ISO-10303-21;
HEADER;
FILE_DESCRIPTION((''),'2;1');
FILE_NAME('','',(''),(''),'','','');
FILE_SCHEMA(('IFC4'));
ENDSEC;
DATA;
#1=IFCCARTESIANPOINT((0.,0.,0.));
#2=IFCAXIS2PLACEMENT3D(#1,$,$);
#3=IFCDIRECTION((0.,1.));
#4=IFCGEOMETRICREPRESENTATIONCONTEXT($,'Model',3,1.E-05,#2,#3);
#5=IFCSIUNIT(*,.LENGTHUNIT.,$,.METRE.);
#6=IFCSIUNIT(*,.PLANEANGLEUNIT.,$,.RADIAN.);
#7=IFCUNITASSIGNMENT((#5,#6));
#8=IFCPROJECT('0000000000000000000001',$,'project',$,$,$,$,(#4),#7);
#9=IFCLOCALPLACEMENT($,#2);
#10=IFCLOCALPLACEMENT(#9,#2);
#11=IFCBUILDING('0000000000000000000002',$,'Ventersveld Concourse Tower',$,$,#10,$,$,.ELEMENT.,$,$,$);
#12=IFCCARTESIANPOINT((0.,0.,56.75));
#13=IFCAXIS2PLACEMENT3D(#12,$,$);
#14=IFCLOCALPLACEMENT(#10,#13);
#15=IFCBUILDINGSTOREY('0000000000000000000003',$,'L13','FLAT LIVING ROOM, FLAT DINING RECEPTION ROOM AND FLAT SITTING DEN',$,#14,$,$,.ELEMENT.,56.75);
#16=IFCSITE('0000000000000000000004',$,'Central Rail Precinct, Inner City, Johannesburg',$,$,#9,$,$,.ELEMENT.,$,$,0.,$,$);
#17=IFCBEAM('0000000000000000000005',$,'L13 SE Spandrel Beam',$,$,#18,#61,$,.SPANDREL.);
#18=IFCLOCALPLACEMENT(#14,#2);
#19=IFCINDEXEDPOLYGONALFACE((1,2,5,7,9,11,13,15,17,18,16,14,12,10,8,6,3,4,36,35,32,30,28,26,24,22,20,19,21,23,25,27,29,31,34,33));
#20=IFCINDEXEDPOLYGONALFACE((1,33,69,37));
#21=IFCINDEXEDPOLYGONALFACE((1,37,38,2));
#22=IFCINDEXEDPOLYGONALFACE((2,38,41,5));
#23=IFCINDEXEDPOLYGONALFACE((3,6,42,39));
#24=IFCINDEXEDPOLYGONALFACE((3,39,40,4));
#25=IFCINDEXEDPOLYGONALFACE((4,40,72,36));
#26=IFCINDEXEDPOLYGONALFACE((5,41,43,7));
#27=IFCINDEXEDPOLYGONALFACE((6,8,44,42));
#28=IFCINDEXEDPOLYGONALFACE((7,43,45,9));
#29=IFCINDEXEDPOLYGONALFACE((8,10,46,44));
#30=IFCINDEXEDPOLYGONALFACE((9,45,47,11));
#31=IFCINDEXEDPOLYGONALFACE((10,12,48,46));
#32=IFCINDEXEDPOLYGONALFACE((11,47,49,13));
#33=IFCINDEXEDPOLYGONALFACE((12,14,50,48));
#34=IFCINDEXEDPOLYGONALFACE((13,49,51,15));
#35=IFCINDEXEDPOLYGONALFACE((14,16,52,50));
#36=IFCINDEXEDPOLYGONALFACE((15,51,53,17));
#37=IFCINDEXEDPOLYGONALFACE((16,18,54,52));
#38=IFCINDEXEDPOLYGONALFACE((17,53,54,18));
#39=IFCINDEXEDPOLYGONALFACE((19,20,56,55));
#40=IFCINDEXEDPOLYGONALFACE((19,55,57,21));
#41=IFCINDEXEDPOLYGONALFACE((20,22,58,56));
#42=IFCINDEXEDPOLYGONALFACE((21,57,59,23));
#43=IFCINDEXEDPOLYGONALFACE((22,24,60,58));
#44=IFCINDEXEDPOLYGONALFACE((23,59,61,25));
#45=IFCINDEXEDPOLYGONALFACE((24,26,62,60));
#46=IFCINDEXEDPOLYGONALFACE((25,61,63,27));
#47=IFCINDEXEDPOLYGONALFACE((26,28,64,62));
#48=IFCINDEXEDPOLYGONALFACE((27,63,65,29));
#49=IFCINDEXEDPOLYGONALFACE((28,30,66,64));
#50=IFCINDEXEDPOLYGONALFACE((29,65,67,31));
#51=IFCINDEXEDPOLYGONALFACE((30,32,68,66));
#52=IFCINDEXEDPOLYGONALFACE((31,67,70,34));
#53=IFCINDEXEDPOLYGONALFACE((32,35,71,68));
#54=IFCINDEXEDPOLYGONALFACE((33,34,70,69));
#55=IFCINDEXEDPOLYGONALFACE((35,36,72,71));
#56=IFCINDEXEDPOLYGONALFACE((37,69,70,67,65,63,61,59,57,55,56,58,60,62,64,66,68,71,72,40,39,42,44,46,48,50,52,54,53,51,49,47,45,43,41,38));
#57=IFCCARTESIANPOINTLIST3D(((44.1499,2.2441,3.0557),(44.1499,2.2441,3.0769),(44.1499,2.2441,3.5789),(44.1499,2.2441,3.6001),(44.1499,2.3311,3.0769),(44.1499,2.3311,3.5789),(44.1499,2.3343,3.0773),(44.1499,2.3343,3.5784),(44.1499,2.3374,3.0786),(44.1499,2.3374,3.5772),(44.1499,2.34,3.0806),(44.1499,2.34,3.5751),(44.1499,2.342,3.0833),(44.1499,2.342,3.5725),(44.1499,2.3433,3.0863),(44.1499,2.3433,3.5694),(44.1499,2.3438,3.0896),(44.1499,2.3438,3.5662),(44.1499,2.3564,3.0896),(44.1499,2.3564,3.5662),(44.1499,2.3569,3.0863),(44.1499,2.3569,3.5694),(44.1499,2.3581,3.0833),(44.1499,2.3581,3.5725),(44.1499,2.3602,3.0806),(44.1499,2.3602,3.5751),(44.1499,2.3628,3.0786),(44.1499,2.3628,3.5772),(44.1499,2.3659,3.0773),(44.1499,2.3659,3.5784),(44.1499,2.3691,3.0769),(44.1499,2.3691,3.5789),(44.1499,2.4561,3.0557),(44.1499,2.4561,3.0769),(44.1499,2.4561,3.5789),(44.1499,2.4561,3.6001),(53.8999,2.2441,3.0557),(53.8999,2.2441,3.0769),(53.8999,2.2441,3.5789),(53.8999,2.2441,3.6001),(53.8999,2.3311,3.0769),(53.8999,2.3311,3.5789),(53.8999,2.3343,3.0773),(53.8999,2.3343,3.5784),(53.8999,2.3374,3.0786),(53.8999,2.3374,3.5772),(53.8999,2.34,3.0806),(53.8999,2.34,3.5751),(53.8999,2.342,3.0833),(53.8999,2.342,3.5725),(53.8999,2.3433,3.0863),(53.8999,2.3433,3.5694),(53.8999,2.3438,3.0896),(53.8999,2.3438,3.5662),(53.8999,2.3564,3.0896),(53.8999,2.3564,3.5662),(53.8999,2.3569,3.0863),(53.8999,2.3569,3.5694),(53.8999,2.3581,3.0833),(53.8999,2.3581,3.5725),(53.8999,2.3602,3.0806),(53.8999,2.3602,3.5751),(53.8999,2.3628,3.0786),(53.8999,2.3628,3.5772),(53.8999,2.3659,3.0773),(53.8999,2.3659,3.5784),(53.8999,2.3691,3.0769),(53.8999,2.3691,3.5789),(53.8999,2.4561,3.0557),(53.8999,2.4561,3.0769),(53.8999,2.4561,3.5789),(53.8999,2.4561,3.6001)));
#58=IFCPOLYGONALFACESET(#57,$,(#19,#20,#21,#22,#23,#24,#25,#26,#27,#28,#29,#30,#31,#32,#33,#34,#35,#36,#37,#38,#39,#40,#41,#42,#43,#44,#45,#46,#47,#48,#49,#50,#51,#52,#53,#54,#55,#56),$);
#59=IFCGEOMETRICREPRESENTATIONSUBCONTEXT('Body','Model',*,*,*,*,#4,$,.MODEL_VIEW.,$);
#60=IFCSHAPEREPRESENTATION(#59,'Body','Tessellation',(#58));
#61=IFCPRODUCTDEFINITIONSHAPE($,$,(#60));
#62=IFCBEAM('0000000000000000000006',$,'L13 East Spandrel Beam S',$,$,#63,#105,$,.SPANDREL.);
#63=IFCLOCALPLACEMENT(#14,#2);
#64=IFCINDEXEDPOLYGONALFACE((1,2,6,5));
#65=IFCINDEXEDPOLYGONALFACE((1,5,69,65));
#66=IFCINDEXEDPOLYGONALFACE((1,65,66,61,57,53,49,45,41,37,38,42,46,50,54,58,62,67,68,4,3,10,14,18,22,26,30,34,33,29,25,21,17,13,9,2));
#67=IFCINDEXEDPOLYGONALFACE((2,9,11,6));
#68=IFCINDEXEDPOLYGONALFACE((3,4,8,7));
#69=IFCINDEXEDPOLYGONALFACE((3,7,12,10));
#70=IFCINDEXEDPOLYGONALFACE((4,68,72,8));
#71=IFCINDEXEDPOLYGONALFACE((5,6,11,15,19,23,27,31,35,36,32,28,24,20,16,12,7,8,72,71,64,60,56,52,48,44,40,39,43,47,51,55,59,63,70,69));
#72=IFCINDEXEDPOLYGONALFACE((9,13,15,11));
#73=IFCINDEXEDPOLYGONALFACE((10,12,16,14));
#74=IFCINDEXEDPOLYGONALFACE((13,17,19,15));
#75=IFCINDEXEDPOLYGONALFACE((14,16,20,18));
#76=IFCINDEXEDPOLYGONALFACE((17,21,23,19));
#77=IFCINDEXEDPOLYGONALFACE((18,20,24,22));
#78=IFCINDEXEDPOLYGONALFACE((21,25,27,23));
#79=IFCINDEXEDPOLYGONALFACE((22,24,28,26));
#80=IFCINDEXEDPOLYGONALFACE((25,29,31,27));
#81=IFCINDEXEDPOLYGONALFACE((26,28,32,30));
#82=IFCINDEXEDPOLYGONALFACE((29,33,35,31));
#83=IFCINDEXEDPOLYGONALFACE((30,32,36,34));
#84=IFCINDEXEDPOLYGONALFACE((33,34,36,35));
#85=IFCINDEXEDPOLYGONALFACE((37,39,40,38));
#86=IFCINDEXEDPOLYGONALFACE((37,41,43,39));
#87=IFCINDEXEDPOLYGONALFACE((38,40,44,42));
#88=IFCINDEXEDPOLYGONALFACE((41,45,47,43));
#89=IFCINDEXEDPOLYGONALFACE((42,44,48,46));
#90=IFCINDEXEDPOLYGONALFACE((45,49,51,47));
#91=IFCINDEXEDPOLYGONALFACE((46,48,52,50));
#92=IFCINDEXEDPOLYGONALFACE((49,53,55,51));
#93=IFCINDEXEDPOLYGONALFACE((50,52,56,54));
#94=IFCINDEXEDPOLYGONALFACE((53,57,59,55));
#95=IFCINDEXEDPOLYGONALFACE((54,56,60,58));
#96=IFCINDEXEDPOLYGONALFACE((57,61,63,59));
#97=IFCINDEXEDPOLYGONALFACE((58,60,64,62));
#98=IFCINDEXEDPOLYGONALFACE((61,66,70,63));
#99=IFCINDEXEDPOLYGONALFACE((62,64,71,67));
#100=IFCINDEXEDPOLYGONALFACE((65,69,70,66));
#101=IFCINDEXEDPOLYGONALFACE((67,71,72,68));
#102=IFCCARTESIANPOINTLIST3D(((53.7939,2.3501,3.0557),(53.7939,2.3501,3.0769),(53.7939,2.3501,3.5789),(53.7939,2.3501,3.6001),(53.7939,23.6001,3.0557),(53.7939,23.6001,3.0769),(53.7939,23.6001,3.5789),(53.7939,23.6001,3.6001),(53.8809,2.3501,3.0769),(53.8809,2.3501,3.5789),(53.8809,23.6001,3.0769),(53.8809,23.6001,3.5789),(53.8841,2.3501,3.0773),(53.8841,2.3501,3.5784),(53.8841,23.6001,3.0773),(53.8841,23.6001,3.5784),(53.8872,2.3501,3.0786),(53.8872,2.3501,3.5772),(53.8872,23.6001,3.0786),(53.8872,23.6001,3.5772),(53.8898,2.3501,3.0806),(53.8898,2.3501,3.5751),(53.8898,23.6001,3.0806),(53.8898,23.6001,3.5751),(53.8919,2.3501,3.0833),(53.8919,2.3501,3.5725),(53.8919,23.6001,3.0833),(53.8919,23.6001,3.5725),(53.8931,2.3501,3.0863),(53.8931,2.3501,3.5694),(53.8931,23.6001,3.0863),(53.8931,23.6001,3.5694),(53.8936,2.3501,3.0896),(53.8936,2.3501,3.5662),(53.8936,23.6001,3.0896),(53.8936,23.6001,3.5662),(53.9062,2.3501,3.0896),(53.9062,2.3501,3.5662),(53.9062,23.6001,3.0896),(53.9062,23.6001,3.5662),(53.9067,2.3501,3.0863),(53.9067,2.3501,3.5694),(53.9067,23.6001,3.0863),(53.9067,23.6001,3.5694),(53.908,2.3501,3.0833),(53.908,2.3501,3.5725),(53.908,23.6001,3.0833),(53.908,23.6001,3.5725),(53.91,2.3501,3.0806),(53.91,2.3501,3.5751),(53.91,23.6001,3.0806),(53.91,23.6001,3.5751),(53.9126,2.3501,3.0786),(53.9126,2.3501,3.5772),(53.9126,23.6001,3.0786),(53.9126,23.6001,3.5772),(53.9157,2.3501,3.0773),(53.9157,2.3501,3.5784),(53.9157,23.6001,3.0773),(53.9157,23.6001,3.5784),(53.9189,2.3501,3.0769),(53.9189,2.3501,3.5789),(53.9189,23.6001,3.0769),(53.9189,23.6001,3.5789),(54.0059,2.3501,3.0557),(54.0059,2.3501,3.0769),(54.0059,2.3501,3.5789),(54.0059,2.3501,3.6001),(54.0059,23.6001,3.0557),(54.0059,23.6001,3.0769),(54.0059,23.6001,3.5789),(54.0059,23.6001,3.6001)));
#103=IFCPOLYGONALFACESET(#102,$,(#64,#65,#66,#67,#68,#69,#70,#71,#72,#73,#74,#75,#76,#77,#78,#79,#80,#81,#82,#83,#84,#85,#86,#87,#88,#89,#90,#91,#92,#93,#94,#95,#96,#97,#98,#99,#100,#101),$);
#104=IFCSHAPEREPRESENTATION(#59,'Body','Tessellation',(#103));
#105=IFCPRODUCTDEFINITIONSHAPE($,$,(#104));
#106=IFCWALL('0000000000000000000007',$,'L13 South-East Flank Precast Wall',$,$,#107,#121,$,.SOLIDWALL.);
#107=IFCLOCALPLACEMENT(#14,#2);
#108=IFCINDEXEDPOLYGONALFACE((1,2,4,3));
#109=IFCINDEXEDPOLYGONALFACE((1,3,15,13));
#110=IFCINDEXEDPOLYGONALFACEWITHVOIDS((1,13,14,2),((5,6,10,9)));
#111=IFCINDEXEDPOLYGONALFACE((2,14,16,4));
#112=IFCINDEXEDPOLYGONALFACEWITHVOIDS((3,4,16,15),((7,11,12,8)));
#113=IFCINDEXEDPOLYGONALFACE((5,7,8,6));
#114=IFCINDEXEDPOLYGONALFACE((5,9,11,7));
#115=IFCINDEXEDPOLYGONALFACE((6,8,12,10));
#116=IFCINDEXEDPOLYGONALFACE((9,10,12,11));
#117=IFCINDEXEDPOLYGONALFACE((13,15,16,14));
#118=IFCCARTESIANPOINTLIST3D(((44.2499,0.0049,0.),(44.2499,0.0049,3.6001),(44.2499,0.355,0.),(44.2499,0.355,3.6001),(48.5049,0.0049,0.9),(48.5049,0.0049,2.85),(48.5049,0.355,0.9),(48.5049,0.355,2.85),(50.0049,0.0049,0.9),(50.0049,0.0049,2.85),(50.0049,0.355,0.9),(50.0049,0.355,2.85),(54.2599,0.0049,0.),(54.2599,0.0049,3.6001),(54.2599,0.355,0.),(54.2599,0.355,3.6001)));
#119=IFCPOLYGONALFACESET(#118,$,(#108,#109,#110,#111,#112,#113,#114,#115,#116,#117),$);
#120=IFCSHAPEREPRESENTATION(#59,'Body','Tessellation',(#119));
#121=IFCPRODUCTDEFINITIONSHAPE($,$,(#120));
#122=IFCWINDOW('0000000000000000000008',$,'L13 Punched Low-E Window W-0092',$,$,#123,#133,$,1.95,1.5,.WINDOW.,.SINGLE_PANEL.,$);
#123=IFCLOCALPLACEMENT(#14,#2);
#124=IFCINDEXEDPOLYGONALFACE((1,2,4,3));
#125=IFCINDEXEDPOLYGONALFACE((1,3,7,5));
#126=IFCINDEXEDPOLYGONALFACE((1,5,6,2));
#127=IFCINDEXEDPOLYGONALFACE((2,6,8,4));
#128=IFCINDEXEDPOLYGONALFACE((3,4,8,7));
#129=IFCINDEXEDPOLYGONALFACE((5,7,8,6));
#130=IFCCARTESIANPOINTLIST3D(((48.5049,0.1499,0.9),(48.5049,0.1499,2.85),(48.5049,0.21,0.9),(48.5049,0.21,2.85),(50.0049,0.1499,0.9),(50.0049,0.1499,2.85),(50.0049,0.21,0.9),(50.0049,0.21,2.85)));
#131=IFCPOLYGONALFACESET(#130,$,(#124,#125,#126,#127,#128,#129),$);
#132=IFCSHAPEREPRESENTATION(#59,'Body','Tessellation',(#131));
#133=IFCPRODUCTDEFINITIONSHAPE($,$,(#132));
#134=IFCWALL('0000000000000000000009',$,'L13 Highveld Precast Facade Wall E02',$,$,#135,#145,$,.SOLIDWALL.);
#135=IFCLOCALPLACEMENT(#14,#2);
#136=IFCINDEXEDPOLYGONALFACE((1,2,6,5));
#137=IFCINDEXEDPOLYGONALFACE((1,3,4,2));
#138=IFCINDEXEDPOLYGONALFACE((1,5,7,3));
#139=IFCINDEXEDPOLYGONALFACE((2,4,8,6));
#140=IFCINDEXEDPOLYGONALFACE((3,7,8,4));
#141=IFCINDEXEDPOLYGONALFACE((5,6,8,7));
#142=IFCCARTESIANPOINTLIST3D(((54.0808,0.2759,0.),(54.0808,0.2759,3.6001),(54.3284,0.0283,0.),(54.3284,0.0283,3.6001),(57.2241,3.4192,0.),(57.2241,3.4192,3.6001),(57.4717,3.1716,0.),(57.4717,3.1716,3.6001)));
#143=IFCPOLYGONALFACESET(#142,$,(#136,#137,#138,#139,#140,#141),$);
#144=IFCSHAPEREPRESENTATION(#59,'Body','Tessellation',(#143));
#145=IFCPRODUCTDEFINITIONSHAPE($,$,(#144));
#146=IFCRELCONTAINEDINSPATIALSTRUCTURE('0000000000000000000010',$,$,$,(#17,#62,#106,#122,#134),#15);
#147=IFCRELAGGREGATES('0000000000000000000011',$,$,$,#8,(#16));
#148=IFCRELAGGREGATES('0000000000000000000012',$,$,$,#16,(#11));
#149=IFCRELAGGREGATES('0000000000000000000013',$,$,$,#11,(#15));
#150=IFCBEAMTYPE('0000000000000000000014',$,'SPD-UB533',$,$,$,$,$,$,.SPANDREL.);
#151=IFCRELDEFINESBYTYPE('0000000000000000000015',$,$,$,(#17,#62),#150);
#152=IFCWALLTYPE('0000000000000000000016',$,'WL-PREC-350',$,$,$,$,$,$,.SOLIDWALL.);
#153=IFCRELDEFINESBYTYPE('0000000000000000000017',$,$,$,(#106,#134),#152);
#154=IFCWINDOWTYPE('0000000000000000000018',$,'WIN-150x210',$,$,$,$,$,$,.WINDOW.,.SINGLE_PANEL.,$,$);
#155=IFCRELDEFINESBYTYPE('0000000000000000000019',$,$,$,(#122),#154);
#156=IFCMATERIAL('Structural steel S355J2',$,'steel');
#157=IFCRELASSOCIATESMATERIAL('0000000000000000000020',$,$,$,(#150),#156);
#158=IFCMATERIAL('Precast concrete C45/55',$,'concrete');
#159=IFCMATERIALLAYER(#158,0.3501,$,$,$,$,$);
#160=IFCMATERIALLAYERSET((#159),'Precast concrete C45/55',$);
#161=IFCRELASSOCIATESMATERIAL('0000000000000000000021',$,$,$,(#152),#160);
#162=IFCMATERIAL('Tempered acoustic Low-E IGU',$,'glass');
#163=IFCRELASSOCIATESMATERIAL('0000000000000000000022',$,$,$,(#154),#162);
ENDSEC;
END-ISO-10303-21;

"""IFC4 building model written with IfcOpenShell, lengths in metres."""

from ifc_helpers import new_model, si_unit, direction, frame, frame_2d, origin, origin_2d, place, context, subcontext, project, spatial, rectangle, i_section, extrude, material, layer, layer_set, material_profile, profile_set, type_object, element, fill, save


model = new_model("IFC4")

# Units and contexts
model_context = context("Model", 3, precision=1e-05, world=origin(), true_north=direction((0.0, 1.0)))
body_context = subcontext(model_context, "Body", "Model", "MODEL_VIEW")
ifc_project = project(units=[si_unit("LENGTHUNIT", "METRE"), si_unit("PLANEANGLEUNIT", "RADIAN")], contexts=[model_context])

# Site, building, storey
site_placement = place(None, origin())
site = spatial("IfcSite", under=ifc_project, at=site_placement, Name="Central Rail Precinct, Inner City, Johannesburg", CompositionType="ELEMENT", RefElevation=0.0)
building_placement = place(site_placement, origin())
building = spatial("IfcBuilding", under=site, at=building_placement, Name="Ventersveld Concourse Tower", CompositionType="ELEMENT")
storey_placement = place(building_placement, frame((0.0, 0.0, 56.75)))
storey = spatial("IfcBuildingStorey", under=building, at=storey_placement, Name="L13", Description="FLAT LIVING ROOM, FLAT DINING RECEPTION ROOM AND FLAT SITTING DEN", CompositionType="ELEMENT", Elevation=56.75)

# Beams
ifc_material_1 = material(Name="Structural steel S355J2", Category="steel")
ifc_material_profile_1 = material_profile(ifc_material_1, i_section(OverallWidth=0.2119, OverallDepth=0.5444, WebThickness=0.0127, FlangeThickness=0.0212, FilletRadius=0.0127, at=origin_2d()), Name="UB 533x210x122")
ifc_profile_set_1 = profile_set([ifc_material_profile_1], Name="Structural steel S355J2")
beam_type_1 = type_object("IfcBeamType", Name="SPD-UB533", PredefinedType="SPANDREL", material=ifc_profile_set_1)
beam_1_placement = place(storey_placement, frame((44.1499, 2.3501, 3.3279), z_axis=(1.0, 0.0, 0.0), x_axis=(0.0, 1.0, 0.0)))
element("IfcBeam", 1, at=beam_1_placement, inside=storey, type_object=beam_type_1, Name="L13 SE Spandrel Beam", PredefinedType="SPANDREL", context=body_context, shape_type="SweptSolid", body=[
    extrude(i_section(OverallWidth=0.2119, OverallDepth=0.5444, WebThickness=0.0127, FlangeThickness=0.0212, FilletRadius=0.0127, at=origin_2d()), origin(), (0.0, 0.0, 1.0), 9.75),
])
beam_2_placement = place(storey_placement, frame((53.8999, 2.3501, 3.3279), z_axis=(0.0, 1.0, 0.0), x_axis=(-1.0, 0.0, 0.0)))
element("IfcBeam", 2, at=beam_2_placement, inside=storey, type_object=beam_type_1, Name="L13 East Spandrel Beam S", PredefinedType="SPANDREL", context=body_context, shape_type="SweptSolid", body=[
    extrude(i_section(OverallWidth=0.2119, OverallDepth=0.5444, WebThickness=0.0127, FlangeThickness=0.0212, FilletRadius=0.0127, at=origin_2d()), origin(), (0.0, 0.0, 1.0), 21.25),
])

# Wall, opening, window
ifc_material_2 = material(Name="Precast concrete C45/55", Category="concrete")
ifc_layer = layer(ifc_material_2, 0.3501)
ifc_layer_set = layer_set([ifc_layer], Name="Precast concrete C45/55")
wall_type = type_object("IfcWallType", Name="WL-PREC-350", PredefinedType="SOLIDWALL", material=ifc_layer_set)
wall_1_placement = place(storey_placement, frame((44.25, 0.1799, 0.0), z_axis=(0.0, 0.0, 1.0), x_axis=(1.0, 0.0, 0.0)))
wall_1 = element("IfcWall", 3, at=wall_1_placement, inside=storey, type_object=wall_type, Name="L13 South-East Flank Precast Wall", PredefinedType="SOLIDWALL", context=body_context, shape_type="SweptSolid", body=[
    extrude(rectangle(XDim=10.01, YDim=0.3501, at=frame_2d((5.0049, 0.0))), origin(), (0.0, 0.0, 1.0), 3.6001),
])
opening_1_placement = place(wall_1_placement, frame((4.2549, 0.0, 0.8999)))
opening_1 = element("IfcOpeningElement", 4, at=opening_1_placement, cuts=wall_1, PredefinedType="OPENING", context=body_context, shape_type="SweptSolid", body=[
    extrude(rectangle(XDim=1.5, YDim=1.95, at=frame_2d((0.75, 0.9751))), frame((0.0, 0.1851, 0.0), z_axis=(0.0, -1.0, 0.0), x_axis=(1.0, 0.0, 0.0)), (0.0, 0.0, 1.0), 0.3701),
])
ifc_material_3 = material(Name="Tempered acoustic Low-E IGU", Category="glass")
window_type_1 = type_object("IfcWindowType", Name="WIN-150x210", PartitioningType="SINGLE_PANEL", PredefinedType="WINDOW", material=ifc_material_3)
window_1_placement = place(opening_1_placement, origin())
window_1 = element("IfcWindow", 5, at=window_1_placement, inside=storey, type_object=window_type_1, Name="L13 Punched Low-E Window W-0092", OverallHeight=1.95, OverallWidth=1.5, PartitioningType="SINGLE_PANEL", PredefinedType="WINDOW", context=body_context, shape_type="SweptSolid", body=[
    extrude(rectangle(XDim=1.5, YDim=1.95, at=frame_2d((0.75, 0.9751))), frame((0.0, 0.03, 0.0), z_axis=(0.0, -1.0, 0.0), x_axis=(1.0, 0.0, 0.0)), (0.0, 0.0, 1.0), 0.0601),
])
fill(opening_1, window_1)

# Wall
wall_2_placement = place(storey_placement, frame((54.2046, 0.1521, 0.0), z_axis=(0.0, 0.0, 1.0), x_axis=(0.707107, 0.707107, 0.0)))
element("IfcWall", 6, at=wall_2_placement, inside=storey, type_object=wall_type, Name="L13 Highveld Precast Facade Wall E02", PredefinedType="SOLIDWALL", context=body_context, shape_type="SweptSolid", body=[
    extrude(rectangle(XDim=4.4453, YDim=0.3501, at=frame_2d((2.2227, 0.0))), origin(), (0.0, 0.0, 1.0), 3.6001),
])

save(model, "model.ifc")
